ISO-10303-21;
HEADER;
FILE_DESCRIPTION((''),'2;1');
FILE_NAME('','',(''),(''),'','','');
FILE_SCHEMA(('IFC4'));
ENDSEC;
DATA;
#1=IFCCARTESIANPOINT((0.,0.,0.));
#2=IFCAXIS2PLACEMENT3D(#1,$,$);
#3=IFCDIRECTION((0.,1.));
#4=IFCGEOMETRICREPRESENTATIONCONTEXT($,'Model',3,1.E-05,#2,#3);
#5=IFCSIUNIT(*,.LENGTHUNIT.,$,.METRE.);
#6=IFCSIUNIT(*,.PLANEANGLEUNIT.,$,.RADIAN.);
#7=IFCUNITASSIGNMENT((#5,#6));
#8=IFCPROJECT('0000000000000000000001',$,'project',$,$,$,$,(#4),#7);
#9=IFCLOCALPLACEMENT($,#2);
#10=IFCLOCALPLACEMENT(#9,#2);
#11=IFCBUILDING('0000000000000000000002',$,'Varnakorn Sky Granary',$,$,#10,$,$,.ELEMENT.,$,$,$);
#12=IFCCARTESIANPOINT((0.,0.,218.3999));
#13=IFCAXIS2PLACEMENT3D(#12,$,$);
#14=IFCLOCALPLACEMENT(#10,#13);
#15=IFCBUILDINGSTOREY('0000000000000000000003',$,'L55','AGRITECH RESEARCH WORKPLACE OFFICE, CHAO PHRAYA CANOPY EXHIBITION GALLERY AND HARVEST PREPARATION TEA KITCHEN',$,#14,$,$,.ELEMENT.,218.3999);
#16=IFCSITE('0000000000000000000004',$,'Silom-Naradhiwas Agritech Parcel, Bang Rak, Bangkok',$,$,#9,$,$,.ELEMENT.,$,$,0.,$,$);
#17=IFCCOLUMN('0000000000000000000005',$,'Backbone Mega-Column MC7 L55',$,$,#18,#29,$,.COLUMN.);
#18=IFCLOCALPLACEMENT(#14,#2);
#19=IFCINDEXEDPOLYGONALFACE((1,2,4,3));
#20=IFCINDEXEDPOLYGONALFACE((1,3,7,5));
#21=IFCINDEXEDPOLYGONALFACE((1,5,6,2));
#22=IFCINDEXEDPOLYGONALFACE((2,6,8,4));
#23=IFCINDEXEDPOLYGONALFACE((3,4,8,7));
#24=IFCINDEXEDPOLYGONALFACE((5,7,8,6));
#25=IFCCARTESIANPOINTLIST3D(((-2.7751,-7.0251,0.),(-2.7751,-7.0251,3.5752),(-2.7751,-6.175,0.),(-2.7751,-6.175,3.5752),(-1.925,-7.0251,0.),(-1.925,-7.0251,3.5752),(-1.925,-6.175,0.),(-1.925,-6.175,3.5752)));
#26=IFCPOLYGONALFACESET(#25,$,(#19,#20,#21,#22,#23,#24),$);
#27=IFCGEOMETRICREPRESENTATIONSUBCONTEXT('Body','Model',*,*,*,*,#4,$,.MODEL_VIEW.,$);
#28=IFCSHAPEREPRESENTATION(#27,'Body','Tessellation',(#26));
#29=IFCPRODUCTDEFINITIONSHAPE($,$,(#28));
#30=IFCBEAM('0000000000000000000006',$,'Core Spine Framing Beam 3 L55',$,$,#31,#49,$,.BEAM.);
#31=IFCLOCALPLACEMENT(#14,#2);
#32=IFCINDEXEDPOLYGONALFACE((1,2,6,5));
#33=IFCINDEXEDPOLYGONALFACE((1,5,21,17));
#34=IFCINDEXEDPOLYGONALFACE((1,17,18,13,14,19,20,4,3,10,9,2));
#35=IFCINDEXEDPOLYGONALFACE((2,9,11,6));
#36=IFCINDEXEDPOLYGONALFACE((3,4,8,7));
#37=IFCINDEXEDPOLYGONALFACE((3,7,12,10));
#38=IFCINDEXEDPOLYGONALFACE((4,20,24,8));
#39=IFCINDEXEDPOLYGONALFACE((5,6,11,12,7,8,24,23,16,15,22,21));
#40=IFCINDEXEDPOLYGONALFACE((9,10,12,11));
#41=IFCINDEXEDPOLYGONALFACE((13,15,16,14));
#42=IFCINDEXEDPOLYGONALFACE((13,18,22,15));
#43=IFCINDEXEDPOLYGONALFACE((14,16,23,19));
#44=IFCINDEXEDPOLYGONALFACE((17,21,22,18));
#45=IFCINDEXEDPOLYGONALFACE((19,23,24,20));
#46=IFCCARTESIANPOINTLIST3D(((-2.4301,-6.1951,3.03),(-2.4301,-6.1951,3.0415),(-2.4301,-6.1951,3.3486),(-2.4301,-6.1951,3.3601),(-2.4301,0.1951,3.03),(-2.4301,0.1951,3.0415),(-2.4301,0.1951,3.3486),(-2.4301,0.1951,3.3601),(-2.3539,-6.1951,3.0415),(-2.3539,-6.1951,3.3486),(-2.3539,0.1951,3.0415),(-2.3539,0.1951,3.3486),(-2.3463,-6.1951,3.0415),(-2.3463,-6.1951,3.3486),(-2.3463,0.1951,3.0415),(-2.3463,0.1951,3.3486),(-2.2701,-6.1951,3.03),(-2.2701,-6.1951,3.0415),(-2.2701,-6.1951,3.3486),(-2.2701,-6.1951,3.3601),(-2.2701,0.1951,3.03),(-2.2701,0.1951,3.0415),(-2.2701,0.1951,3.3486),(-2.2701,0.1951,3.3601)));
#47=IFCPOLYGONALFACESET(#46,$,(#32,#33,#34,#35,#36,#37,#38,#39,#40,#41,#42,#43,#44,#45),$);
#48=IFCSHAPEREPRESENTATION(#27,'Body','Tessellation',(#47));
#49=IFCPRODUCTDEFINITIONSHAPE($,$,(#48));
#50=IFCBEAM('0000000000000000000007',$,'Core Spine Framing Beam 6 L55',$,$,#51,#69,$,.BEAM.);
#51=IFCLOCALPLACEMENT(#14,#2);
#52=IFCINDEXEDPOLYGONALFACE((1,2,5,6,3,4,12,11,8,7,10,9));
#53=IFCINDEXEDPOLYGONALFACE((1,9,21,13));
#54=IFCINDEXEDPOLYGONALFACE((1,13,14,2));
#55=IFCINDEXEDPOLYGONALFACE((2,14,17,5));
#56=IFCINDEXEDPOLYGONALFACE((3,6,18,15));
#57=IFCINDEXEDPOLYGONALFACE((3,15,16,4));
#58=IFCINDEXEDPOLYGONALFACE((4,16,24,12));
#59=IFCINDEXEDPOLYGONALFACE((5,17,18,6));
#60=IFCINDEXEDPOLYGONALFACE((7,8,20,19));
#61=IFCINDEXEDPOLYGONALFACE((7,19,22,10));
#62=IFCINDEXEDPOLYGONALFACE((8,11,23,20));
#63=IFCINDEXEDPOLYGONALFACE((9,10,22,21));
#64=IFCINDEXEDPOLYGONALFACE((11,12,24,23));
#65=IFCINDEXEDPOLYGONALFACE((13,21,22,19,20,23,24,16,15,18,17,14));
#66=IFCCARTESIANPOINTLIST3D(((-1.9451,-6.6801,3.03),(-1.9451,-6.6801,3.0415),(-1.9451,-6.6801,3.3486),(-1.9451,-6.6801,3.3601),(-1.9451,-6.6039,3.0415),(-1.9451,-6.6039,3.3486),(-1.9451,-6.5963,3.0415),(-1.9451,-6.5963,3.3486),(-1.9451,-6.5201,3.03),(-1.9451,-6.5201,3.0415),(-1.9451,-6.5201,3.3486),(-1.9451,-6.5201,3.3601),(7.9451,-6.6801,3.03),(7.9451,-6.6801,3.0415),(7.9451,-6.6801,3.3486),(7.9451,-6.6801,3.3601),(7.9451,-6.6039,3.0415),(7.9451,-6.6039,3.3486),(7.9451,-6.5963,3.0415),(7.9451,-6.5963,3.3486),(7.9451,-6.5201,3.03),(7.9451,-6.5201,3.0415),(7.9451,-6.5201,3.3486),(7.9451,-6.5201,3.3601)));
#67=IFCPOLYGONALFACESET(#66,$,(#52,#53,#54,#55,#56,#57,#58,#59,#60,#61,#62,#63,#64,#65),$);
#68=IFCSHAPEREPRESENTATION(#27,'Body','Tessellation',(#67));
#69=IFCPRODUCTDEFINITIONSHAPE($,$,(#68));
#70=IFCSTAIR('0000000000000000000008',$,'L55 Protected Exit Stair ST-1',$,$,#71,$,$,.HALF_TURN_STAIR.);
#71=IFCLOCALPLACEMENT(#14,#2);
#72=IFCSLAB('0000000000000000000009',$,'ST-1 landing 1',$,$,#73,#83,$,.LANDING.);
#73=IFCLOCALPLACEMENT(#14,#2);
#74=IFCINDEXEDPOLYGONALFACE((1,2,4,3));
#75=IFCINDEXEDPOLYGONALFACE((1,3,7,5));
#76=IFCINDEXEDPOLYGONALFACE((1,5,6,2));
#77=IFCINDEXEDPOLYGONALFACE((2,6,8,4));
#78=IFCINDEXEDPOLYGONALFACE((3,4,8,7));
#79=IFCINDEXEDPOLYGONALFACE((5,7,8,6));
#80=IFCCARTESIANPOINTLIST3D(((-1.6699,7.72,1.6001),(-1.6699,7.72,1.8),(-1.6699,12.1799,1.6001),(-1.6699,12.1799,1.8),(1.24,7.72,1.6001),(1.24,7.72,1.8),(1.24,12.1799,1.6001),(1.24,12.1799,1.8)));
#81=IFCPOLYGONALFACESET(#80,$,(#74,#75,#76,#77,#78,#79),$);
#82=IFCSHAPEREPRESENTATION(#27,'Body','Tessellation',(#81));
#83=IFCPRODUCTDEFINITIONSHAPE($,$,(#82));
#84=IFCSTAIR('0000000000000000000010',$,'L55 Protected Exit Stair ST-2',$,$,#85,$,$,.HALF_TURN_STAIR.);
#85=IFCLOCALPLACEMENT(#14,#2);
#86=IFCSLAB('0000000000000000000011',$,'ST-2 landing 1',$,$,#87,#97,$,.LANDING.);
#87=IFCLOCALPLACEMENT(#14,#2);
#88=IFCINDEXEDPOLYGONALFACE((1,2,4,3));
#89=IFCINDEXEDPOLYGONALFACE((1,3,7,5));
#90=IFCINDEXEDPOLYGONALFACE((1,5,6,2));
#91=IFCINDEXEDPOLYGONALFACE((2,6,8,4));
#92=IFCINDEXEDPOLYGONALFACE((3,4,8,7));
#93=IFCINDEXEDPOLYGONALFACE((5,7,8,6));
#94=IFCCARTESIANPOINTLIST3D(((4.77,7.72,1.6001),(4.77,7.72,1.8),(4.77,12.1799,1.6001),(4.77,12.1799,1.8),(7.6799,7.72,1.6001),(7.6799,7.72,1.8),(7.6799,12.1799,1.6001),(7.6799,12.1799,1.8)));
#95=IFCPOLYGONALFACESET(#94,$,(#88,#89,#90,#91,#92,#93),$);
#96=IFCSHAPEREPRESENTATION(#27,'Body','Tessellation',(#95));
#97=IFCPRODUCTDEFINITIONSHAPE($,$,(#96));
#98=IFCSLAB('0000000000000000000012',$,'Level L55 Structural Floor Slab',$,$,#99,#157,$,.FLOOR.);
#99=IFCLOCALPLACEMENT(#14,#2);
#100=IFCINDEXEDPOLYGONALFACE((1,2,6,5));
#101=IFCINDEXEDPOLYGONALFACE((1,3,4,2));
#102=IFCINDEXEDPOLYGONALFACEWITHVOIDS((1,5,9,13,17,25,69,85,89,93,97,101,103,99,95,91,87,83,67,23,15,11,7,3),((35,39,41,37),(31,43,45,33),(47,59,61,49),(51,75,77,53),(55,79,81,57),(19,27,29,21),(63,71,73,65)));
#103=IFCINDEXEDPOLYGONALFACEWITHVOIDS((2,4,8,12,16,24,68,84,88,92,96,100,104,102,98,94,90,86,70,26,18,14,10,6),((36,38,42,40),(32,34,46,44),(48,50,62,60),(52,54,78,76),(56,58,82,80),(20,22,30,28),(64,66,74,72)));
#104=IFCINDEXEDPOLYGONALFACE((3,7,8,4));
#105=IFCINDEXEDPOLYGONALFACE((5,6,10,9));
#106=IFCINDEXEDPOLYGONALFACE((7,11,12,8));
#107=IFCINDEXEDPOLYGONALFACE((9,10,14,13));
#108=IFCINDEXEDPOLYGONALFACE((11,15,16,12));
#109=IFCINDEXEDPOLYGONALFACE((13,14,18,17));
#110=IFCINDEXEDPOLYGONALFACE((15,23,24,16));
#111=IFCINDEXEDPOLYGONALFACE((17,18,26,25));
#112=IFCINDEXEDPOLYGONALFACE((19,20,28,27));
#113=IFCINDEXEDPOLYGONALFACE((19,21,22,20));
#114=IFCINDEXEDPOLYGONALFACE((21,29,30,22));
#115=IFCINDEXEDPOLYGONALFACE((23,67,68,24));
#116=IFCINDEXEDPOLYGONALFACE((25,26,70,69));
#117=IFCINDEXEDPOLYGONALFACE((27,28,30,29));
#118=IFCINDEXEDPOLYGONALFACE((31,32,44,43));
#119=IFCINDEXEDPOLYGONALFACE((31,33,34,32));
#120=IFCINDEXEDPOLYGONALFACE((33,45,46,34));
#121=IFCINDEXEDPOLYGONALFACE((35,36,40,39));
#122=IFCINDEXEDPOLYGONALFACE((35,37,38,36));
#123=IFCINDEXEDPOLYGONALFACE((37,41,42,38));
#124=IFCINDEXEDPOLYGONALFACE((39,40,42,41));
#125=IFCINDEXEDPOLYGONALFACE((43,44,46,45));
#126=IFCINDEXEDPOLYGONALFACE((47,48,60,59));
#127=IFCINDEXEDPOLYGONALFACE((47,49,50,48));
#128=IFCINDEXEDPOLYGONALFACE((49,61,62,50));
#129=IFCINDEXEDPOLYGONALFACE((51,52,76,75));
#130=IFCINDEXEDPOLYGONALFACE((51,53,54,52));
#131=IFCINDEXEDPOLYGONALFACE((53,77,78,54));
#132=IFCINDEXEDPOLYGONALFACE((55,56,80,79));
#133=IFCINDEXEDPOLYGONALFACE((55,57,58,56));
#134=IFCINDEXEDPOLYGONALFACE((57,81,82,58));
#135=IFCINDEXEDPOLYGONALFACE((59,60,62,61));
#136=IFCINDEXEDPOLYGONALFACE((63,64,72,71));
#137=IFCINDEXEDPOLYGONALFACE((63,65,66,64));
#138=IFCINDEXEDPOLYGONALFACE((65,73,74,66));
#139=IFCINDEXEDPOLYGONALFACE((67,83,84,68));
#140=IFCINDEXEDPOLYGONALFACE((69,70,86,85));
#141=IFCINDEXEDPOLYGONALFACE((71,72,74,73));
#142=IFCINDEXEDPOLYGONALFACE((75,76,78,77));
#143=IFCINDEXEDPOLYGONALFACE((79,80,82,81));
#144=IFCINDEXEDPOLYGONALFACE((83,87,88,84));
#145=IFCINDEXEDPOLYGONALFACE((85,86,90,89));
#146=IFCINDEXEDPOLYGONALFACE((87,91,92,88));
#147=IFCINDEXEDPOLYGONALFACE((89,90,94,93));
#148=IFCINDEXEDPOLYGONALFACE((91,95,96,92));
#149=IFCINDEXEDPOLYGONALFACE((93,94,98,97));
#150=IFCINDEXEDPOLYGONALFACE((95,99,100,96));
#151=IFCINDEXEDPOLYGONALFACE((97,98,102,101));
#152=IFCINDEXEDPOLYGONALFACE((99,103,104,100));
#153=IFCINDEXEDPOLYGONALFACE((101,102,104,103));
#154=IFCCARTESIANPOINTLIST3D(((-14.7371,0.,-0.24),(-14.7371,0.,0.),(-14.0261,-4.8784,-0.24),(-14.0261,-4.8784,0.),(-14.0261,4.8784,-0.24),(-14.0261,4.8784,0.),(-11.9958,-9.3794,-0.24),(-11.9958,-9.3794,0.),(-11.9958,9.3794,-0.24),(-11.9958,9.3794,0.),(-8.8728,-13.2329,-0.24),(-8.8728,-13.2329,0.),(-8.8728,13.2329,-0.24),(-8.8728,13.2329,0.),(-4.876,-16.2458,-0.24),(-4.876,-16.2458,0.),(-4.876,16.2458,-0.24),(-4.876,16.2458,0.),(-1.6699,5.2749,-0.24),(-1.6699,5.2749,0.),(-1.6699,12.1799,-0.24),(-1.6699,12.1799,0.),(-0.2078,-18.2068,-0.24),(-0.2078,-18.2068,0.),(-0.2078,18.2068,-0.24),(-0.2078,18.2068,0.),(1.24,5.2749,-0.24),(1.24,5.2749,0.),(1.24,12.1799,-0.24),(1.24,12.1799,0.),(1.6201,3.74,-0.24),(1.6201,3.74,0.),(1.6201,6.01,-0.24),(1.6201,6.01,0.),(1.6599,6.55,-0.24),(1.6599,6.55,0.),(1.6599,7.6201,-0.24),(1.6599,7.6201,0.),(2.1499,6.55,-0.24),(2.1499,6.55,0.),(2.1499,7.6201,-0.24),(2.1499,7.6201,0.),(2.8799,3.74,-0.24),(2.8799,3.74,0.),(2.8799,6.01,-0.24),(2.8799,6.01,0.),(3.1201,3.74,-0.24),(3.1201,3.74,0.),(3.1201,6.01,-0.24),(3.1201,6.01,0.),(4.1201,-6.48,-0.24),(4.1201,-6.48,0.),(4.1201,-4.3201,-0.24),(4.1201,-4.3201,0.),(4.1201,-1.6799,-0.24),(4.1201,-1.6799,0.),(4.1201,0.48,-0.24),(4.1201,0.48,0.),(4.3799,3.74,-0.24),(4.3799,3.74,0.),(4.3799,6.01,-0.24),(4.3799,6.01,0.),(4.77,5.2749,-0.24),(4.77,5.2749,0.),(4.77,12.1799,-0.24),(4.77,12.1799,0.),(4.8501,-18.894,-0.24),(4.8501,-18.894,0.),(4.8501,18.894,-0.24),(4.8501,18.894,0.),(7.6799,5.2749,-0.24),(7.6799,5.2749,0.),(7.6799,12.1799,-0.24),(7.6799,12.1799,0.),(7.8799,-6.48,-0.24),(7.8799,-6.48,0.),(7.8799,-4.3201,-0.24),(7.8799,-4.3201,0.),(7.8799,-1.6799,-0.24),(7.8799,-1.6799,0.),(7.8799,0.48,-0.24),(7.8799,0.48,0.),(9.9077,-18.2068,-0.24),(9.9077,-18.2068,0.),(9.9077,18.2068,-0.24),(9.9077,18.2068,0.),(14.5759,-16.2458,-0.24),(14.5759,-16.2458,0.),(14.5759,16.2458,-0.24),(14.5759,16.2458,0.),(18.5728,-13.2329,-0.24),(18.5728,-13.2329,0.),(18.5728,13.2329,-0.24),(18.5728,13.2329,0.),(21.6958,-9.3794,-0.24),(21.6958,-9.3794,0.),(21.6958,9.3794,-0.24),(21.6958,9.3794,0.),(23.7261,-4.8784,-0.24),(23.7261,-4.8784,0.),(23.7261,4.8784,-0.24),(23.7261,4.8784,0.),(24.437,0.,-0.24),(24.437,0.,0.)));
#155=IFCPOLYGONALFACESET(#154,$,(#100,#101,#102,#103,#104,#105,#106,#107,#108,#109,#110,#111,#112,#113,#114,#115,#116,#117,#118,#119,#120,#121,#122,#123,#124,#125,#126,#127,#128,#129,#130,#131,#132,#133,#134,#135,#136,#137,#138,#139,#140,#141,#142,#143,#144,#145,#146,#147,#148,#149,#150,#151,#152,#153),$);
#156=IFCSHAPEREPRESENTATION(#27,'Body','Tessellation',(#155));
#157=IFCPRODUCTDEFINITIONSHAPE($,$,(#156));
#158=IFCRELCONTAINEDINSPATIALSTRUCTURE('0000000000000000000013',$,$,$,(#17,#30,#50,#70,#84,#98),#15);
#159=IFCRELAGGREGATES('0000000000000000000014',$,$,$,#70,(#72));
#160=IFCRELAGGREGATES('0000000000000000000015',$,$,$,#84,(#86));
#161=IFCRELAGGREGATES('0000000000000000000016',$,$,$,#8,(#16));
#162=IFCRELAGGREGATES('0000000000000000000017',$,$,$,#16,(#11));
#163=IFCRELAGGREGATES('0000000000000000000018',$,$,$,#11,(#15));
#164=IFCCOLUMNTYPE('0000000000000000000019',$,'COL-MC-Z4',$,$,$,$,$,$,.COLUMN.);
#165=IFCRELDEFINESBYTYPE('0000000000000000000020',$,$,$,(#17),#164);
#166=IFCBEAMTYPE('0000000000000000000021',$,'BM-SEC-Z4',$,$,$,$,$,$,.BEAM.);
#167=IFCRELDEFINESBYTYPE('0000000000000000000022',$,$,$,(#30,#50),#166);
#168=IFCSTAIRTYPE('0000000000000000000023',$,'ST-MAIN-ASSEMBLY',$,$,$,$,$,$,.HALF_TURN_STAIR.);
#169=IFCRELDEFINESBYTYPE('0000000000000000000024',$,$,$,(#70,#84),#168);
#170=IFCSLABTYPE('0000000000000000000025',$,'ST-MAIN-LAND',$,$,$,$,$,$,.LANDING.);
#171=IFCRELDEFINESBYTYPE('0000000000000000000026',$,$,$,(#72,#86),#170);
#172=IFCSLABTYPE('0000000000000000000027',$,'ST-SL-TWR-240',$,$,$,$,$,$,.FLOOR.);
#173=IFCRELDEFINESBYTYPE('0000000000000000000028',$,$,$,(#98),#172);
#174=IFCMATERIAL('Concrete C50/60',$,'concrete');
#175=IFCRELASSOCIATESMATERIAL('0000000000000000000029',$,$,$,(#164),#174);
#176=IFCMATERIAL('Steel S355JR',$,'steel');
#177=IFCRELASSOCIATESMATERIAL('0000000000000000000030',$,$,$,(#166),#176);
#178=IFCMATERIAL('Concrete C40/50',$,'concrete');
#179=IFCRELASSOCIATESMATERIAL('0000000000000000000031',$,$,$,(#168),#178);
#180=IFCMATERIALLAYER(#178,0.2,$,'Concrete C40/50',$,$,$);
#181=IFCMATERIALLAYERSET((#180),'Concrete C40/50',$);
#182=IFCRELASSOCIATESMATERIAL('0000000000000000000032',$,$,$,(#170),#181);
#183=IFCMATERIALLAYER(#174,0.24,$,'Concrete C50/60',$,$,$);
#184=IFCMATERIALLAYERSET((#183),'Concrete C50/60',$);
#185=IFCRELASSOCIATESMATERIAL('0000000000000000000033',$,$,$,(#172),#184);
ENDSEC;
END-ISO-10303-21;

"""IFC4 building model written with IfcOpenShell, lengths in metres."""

from ifc_helpers import new_model, si_unit, direction, frame, origin, origin_2d, place, context, subcontext, project, spatial, polyline, rectangle, i_section, outline, extrude, material, layer, layer_set, material_profile, profile_set, type_object, element, aggregate, save


model = new_model("IFC4")

# Units and contexts
model_context = context("Model", 3, precision=1e-05, world=origin(), true_north=direction((0.0, 1.0)))
body_context = subcontext(model_context, "Body", "Model", "MODEL_VIEW")
ifc_project = project(units=[si_unit("LENGTHUNIT", "METRE"), si_unit("PLANEANGLEUNIT", "RADIAN")], contexts=[model_context])

# Site, building, storey
site_placement = place(None, origin())
site = spatial("IfcSite", under=ifc_project, at=site_placement, Name="Silom-Naradhiwas Agritech Parcel, Bang Rak, Bangkok", CompositionType="ELEMENT", RefElevation=0.0)
building_placement = place(site_placement, origin())
building = spatial("IfcBuilding", under=site, at=building_placement, Name="Varnakorn Sky Granary", CompositionType="ELEMENT")
storey_placement = place(building_placement, frame((0.0, 0.0, 218.3999)))
storey = spatial("IfcBuildingStorey", under=building, at=storey_placement, Name="L55", Description="AGRITECH RESEARCH WORKPLACE OFFICE, CHAO PHRAYA CANOPY EXHIBITION GALLERY AND HARVEST PREPARATION TEA KITCHEN", CompositionType="ELEMENT", Elevation=218.3999)

# Column
ifc_material_1 = material(Name="Concrete C50/60", Category="concrete")
ifc_material_profile_1 = material_profile(ifc_material_1, rectangle(XDim=0.8501, YDim=0.8501, at=origin_2d()), Name="RC 850x850")
ifc_profile_set_1 = profile_set([ifc_material_profile_1], Name="Concrete C50/60")
column_type = type_object("IfcColumnType", Name="COL-MC-Z4", PredefinedType="COLUMN", material=ifc_profile_set_1)
column_placement = place(storey_placement, frame((-2.3501, -6.6001, 0.0), z_axis=(0.0, 0.0, 1.0), x_axis=(1.0, 0.0, 0.0)))
element("IfcColumn", 1, at=column_placement, inside=storey, type_object=column_type, Name="Backbone Mega-Column MC7 L55", PredefinedType="COLUMN", context=body_context, shape_type="SweptSolid", body=[
    extrude(rectangle(XDim=0.8501, YDim=0.8501, at=origin_2d()), origin(), (0.0, 0.0, 1.0), 3.5752),
])

# Beams
ifc_material_2 = material(Name="Steel S355JR", Category="steel")
ifc_material_profile_2 = material_profile(ifc_material_2, i_section(OverallWidth=0.1599, OverallDepth=0.3301, WebThickness=0.0076, FlangeThickness=0.0115, at=origin_2d()), Name="IPE 330")
ifc_profile_set_2 = profile_set([ifc_material_profile_2], Name="Steel S355JR")
beam_type = type_object("IfcBeamType", Name="BM-SEC-Z4", PredefinedType="BEAM", material=ifc_profile_set_2)
beam_1_placement = place(storey_placement, frame((-2.3501, 0.1951, 3.1951), z_axis=(0.0, -1.0, 0.0), x_axis=(1.0, 0.0, 0.0)))
element("IfcBeam", 2, at=beam_1_placement, inside=storey, type_object=beam_type, Name="Core Spine Framing Beam 3 L55", PredefinedType="BEAM", context=body_context, shape_type="SweptSolid", body=[
    extrude(i_section(OverallWidth=0.1599, OverallDepth=0.3301, WebThickness=0.0076, FlangeThickness=0.0115, at=origin_2d()), origin(), (0.0, 0.0, 1.0), 6.3901),
])
beam_2_placement = place(storey_placement, frame((-1.9451, -6.6001, 3.1951), z_axis=(1.0, 0.0, 0.0), x_axis=(0.0, 1.0, 0.0)))
element("IfcBeam", 3, at=beam_2_placement, inside=storey, type_object=beam_type, Name="Core Spine Framing Beam 6 L55", PredefinedType="BEAM", context=body_context, shape_type="SweptSolid", body=[
    extrude(i_section(OverallWidth=0.1599, OverallDepth=0.3301, WebThickness=0.0076, FlangeThickness=0.0115, at=origin_2d()), origin(), (0.0, 0.0, 1.0), 9.8901),
])

# Stairs, slabs
ifc_material_3 = material(Name="Concrete C40/50", Category="concrete")
stair_type = type_object("IfcStairType", Name="ST-MAIN-ASSEMBLY", PredefinedType="HALF_TURN_STAIR", material=ifc_material_3)
stair_1_placement = place(storey_placement, origin())
stair_1 = element("IfcStair", 4, at=stair_1_placement, inside=storey, type_object=stair_type, Name="L55 Protected Exit Stair ST-1", PredefinedType="HALF_TURN_STAIR")
ifc_layer_1 = layer(ifc_material_3, 0.2, Name="Concrete C40/50")
ifc_layer_set_1 = layer_set([ifc_layer_1], Name="Concrete C40/50")
slab_type_1 = type_object("IfcSlabType", Name="ST-MAIN-LAND", PredefinedType="LANDING", material=ifc_layer_set_1)
slab_1_placement = place(storey_placement, frame((0.0, 0.0, 1.6001)))
slab_1 = element("IfcSlab", 5, at=slab_1_placement, type_object=slab_type_1, Name="ST-1 landing 1", PredefinedType="LANDING", context=body_context, shape_type="SweptSolid", body=[
    extrude(outline(polyline([(1.24, 7.72), (1.24, 12.1799), (-1.6699, 12.1799), (-1.6699, 7.72), (1.24, 7.72)])), origin(), (0.0, 0.0, 1.0), 0.2),
])
aggregate(stair_1, [slab_1])
stair_2_placement = place(storey_placement, origin())
stair_2 = element("IfcStair", 6, at=stair_2_placement, inside=storey, type_object=stair_type, Name="L55 Protected Exit Stair ST-2", PredefinedType="HALF_TURN_STAIR")
slab_2_placement = place(storey_placement, frame((0.0, 0.0, 1.6001)))
slab_2 = element("IfcSlab", 7, at=slab_2_placement, type_object=slab_type_1, Name="ST-2 landing 1", PredefinedType="LANDING", context=body_context, shape_type="SweptSolid", body=[
    extrude(outline(polyline([(7.6799, 7.72), (7.6799, 12.1799), (4.77, 12.1799), (4.77, 7.72), (7.6799, 7.72)])), origin(), (0.0, 0.0, 1.0), 0.2),
])
aggregate(stair_2, [slab_2])

# Slab
ifc_layer_2 = layer(ifc_material_1, 0.24, Name="Concrete C50/60")
ifc_layer_set_2 = layer_set([ifc_layer_2], Name="Concrete C50/60")
slab_type_2 = type_object("IfcSlabType", Name="ST-SL-TWR-240", PredefinedType="FLOOR", material=ifc_layer_set_2)
slab_3_placement = place(storey_placement, frame((0.0, 0.0, -0.24)))
element("IfcSlab", 8, at=slab_3_placement, inside=storey, type_object=slab_type_2, Name="Level L55 Structural Floor Slab", PredefinedType="FLOOR", context=body_context, shape_type="SweptSolid", body=[
    extrude(outline(polyline([(24.437, 0.0), (23.7261, 4.8784), (21.6958, 9.3794), (18.5728, 13.2329), (14.5759, 16.2458), (9.9077, 18.2068), (4.8501, 18.894), (-0.2078, 18.2068), (-4.876, 16.2458), (-8.8728, 13.2329), (-11.9958, 9.3794), (-14.0261, 4.8784), (-14.7371, 0.0), (-14.0261, -4.8784), (-11.9958, -9.3794), (-8.8728, -13.2329), (-4.876, -16.2458), (-0.2078, -18.2068), (4.8501, -18.894), (9.9077, -18.2068), (14.5759, -16.2458), (18.5728, -13.2329), (21.6958, -9.3794), (23.7261, -4.8784), (24.437, 0.0)]), holes=[polyline([(1.24, 5.2749), (1.24, 12.1799), (-1.6699, 12.1799), (-1.6699, 5.2749), (1.24, 5.2749)]), polyline([(7.6799, 5.2749), (7.6799, 12.1799), (4.77, 12.1799), (4.77, 5.2749), (7.6799, 5.2749)]), polyline([(1.6599, 6.55), (2.1499, 6.55), (2.1499, 7.6201), (1.6599, 7.6201), (1.6599, 6.55)]), polyline([(1.6201, 3.74), (2.8799, 3.74), (2.8799, 6.01), (1.6201, 6.01), (1.6201, 3.74)]), polyline([(3.1201, 3.74), (4.3799, 3.74), (4.3799, 6.01), (3.1201, 6.01), (3.1201, 3.74)]), polyline([(4.1201, -1.6799), (7.8799, -1.6799), (7.8799, 0.48), (4.1201, 0.48), (4.1201, -1.6799)]), polyline([(4.1201, -6.48), (7.8799, -6.48), (7.8799, -4.3201), (4.1201, -4.3201), (4.1201, -6.48)])]), origin(), (0.0, 0.0, 1.0), 0.24),
])

save(model, "model.ifc")
